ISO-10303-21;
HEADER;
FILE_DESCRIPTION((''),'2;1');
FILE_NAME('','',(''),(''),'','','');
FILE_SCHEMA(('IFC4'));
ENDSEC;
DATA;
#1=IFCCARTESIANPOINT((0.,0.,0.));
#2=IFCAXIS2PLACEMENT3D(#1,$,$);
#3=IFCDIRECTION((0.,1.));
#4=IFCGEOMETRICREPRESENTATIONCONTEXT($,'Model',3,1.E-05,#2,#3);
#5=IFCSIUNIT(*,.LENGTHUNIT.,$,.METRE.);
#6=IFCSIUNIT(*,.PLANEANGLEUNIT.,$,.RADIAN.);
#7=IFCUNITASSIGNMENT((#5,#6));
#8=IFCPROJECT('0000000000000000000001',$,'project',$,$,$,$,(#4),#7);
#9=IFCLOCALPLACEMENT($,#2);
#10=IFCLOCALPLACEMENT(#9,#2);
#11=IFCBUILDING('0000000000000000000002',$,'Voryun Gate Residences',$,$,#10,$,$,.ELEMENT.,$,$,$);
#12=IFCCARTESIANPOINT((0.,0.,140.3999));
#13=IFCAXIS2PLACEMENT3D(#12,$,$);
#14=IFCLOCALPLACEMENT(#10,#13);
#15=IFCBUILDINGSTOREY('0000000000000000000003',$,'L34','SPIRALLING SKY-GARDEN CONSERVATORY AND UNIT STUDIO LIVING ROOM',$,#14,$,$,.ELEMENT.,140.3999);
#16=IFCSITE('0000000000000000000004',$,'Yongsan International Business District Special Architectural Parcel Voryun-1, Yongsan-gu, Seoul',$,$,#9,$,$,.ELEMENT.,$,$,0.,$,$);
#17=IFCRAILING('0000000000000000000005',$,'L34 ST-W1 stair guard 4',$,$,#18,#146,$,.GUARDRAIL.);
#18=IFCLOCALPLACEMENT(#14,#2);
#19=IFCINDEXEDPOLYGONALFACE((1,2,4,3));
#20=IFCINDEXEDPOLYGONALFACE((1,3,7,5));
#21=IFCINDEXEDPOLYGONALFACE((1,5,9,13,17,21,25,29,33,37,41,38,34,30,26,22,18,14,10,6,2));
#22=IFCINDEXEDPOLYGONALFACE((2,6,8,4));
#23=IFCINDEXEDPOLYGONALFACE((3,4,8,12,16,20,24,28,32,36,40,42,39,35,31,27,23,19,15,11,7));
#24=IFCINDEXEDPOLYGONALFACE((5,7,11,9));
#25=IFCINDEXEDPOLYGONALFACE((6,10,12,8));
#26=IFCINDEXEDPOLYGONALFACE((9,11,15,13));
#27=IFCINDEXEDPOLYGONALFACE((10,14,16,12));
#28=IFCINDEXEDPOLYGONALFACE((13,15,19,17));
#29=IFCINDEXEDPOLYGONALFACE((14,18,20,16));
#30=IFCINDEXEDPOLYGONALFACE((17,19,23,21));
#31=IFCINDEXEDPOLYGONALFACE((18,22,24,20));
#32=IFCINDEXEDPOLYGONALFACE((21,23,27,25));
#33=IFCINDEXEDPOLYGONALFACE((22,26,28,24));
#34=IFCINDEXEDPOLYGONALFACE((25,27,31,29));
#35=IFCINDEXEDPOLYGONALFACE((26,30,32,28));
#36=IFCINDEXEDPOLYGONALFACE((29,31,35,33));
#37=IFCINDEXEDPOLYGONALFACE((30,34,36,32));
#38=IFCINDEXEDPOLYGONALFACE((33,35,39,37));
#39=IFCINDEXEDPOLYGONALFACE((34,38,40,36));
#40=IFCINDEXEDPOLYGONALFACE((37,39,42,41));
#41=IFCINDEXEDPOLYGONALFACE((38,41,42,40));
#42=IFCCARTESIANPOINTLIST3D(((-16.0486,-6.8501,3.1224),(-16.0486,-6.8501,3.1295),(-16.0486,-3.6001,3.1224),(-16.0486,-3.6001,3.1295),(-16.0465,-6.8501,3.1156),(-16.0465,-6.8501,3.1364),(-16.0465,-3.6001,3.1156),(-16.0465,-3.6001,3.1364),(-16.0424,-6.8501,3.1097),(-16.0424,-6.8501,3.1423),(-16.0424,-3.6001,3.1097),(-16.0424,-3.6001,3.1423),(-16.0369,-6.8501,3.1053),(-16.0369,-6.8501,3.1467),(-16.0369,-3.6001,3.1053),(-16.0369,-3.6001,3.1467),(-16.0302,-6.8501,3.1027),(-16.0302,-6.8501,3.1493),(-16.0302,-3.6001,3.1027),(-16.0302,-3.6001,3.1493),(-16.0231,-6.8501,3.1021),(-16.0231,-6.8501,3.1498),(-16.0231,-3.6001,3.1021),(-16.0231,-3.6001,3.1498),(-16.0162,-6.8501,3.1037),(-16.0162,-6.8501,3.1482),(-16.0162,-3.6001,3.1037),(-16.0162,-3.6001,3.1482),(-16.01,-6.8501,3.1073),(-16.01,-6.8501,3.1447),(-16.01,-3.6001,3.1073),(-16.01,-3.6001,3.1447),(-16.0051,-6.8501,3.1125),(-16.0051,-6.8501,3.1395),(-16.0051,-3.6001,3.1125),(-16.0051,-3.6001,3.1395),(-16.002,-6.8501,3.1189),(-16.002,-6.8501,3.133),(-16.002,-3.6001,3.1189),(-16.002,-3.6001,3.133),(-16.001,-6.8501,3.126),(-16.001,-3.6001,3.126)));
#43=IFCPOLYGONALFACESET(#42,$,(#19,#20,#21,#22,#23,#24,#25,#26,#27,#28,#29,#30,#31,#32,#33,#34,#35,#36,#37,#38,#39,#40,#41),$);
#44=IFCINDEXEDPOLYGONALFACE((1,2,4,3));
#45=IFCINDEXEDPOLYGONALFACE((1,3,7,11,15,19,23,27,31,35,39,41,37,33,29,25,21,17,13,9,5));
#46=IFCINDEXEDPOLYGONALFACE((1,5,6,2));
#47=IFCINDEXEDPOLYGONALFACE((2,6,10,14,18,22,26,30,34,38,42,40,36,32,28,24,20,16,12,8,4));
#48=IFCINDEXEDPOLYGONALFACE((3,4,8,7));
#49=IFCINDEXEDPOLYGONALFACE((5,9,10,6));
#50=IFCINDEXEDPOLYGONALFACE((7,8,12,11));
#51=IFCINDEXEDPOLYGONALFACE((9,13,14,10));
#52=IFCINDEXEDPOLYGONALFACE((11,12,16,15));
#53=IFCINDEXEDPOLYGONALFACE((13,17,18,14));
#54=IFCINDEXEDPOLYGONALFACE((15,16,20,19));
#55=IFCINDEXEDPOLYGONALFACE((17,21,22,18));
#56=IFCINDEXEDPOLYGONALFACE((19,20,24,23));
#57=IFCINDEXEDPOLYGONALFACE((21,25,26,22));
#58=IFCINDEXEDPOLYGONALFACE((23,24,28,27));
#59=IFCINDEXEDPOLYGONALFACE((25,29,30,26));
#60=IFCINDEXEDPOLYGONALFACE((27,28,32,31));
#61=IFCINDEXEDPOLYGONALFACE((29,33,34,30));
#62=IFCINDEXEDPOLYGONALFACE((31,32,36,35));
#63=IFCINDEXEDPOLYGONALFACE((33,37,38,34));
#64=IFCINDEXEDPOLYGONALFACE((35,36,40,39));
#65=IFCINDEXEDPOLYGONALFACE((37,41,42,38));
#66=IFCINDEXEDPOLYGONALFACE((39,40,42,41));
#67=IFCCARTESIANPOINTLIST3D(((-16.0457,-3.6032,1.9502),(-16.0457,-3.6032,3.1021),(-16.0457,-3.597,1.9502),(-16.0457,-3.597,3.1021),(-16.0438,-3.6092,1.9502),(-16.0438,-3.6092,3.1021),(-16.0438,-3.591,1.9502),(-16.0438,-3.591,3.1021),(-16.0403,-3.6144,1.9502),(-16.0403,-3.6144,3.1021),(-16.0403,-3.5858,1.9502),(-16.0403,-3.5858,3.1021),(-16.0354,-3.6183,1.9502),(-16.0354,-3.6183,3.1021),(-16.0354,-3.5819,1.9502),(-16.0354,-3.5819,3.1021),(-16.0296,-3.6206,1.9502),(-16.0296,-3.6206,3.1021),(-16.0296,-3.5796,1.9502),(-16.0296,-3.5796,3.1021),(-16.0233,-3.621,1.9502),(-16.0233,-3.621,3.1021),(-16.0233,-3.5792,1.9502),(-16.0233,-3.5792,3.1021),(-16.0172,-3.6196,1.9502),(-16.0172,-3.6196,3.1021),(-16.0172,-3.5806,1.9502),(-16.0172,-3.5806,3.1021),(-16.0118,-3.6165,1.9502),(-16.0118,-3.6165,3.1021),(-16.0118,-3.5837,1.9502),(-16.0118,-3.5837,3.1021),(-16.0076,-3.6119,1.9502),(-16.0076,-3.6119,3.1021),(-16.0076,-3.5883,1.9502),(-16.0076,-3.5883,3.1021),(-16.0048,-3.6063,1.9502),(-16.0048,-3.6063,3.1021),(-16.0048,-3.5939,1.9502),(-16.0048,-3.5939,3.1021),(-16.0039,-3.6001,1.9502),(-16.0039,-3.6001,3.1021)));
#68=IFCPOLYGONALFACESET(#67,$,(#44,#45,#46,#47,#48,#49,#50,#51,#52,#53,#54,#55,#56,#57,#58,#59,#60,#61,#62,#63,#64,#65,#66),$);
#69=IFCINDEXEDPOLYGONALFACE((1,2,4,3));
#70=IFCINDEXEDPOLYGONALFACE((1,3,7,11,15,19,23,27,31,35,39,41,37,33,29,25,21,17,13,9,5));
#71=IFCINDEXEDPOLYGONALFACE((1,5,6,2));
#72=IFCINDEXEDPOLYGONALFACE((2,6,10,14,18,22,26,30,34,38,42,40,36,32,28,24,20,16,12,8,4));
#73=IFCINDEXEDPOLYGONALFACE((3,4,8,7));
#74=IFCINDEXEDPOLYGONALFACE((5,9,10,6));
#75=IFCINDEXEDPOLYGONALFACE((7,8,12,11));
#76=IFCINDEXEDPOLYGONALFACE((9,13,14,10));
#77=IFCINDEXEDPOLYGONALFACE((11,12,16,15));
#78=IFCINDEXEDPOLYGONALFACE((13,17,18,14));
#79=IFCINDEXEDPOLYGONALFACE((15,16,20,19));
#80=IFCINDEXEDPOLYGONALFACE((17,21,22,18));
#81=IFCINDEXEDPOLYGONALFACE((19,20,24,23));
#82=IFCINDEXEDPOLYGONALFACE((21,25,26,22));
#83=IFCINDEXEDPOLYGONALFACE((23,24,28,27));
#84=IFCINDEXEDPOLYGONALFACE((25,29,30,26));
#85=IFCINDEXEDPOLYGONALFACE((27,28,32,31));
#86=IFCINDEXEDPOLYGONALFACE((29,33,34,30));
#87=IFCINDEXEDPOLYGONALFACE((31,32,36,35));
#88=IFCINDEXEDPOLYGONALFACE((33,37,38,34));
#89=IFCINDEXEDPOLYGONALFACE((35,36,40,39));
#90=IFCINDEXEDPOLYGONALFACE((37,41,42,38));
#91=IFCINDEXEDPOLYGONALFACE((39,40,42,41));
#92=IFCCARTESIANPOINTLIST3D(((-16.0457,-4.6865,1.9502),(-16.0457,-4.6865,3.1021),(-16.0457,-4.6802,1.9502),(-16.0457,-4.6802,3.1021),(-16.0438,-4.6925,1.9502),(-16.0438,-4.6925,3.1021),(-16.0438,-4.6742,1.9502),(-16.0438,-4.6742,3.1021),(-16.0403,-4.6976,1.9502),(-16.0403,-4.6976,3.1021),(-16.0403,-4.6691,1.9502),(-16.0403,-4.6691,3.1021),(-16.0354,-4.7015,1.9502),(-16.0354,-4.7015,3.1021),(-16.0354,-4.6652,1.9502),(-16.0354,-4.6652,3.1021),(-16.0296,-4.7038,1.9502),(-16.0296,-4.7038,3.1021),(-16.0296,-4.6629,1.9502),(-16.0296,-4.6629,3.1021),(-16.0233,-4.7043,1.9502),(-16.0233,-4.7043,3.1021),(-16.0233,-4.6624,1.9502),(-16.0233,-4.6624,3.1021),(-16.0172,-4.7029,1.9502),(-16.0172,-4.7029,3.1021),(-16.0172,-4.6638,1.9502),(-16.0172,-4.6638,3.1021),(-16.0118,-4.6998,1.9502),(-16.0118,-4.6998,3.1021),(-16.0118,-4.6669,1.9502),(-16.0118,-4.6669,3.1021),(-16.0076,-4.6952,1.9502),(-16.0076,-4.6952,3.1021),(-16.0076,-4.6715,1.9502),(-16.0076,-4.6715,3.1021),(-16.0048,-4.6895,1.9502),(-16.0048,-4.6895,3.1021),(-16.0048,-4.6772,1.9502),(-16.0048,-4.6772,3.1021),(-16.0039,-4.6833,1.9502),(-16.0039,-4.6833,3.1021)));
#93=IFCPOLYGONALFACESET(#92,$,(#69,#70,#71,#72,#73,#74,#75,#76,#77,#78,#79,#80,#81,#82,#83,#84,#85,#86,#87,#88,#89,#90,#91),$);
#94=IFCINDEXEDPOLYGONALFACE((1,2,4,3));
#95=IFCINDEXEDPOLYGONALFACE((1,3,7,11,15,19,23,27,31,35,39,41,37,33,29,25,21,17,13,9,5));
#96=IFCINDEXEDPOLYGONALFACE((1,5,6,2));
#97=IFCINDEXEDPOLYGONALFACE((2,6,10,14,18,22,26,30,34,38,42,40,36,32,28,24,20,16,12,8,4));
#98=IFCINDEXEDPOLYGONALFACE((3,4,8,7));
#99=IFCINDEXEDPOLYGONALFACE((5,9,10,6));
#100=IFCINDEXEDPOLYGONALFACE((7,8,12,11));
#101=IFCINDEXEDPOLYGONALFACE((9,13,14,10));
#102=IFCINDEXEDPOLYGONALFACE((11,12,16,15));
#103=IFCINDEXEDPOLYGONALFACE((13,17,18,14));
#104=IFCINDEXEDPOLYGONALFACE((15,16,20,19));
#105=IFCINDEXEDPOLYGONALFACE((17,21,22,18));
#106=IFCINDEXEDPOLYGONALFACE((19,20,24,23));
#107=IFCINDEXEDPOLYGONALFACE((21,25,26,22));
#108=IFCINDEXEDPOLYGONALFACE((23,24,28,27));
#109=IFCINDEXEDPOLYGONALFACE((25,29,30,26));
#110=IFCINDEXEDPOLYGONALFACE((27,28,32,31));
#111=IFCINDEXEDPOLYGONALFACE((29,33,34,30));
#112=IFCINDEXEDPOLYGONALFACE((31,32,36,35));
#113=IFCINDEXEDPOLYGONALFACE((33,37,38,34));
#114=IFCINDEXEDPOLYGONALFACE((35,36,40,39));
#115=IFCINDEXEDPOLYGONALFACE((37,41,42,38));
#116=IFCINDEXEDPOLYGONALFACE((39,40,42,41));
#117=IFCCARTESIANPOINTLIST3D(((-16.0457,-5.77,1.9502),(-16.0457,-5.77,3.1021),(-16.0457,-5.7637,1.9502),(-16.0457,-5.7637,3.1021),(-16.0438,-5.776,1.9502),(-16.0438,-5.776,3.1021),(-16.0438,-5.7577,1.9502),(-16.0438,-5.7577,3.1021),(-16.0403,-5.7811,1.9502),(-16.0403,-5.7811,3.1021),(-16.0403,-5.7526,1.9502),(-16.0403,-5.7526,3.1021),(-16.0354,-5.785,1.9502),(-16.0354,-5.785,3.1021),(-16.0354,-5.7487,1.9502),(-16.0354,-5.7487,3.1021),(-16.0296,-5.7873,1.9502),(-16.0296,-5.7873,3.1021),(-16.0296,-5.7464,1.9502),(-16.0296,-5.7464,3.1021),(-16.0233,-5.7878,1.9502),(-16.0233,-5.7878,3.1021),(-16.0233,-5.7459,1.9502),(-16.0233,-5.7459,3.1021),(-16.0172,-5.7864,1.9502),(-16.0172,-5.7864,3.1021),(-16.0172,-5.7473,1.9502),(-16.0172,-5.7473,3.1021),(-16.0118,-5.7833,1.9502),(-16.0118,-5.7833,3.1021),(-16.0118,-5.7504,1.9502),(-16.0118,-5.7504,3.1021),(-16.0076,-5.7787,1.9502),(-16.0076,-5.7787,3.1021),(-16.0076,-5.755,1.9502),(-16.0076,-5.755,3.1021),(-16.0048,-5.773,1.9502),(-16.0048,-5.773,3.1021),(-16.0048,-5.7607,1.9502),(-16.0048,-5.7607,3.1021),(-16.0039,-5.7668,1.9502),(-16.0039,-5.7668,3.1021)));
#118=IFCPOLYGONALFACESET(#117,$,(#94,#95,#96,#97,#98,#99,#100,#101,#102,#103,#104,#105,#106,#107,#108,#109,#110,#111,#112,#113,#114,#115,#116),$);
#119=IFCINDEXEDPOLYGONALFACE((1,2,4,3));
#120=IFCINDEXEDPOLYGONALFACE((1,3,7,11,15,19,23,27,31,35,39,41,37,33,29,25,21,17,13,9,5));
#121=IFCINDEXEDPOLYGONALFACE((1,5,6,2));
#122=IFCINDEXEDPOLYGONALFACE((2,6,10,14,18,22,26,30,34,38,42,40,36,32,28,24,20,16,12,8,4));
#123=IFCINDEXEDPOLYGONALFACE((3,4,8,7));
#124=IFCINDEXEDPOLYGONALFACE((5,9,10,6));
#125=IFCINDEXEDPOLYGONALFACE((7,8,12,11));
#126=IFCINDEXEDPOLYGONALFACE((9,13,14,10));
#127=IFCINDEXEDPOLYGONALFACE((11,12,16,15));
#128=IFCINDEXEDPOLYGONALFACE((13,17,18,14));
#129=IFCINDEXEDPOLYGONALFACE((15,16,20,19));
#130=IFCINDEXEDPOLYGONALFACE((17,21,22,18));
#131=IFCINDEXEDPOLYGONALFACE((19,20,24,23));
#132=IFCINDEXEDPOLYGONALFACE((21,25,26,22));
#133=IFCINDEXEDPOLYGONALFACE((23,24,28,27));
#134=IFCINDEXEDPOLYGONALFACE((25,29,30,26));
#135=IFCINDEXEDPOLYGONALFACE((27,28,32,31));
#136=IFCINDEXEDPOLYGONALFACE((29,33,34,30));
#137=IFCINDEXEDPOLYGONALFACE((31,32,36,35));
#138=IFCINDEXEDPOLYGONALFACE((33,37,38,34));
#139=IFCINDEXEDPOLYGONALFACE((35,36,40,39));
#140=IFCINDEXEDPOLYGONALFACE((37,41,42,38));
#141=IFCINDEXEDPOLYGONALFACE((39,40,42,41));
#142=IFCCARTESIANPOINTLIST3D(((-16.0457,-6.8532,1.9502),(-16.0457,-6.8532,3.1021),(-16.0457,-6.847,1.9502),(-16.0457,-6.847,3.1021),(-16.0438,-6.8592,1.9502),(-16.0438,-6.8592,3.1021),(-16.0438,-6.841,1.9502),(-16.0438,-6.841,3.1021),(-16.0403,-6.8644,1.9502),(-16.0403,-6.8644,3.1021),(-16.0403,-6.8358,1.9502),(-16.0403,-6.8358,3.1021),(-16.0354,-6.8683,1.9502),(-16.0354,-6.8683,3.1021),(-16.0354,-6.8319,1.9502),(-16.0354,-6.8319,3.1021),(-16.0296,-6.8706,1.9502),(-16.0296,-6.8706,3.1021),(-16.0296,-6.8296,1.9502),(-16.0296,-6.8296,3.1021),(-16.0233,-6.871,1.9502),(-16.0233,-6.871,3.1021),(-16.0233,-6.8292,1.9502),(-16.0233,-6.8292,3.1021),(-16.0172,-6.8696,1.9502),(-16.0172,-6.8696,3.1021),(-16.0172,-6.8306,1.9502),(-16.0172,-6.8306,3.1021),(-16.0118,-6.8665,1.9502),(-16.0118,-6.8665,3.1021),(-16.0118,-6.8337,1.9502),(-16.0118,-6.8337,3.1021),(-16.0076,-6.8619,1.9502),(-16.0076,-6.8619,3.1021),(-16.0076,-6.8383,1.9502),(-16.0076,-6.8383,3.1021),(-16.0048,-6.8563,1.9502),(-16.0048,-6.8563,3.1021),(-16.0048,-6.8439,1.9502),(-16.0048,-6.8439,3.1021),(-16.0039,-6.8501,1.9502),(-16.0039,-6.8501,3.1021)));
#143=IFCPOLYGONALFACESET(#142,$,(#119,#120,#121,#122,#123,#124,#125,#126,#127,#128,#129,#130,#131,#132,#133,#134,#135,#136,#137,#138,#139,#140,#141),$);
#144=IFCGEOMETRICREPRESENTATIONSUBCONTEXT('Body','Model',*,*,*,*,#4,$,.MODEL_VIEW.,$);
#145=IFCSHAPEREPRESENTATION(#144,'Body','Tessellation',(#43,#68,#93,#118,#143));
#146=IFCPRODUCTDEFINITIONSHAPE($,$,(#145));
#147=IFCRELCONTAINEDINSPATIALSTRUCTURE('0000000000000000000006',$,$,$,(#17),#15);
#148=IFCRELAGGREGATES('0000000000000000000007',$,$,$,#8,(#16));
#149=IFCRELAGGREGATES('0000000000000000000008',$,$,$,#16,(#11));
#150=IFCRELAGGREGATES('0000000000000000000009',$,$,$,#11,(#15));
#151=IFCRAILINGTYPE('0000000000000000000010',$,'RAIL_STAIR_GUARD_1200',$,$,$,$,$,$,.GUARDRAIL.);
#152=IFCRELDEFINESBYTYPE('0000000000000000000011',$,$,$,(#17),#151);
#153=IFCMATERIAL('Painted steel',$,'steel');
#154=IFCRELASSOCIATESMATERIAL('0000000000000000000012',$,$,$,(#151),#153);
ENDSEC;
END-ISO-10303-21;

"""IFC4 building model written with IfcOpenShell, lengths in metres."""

from ifc_helpers import new_model, si_unit, direction, frame, origin, origin_2d, place, context, subcontext, project, spatial, circle, extrude, material, type_object, element, save


model = new_model("IFC4")

# Units and contexts
model_context = context("Model", 3, precision=1e-05, world=origin(), true_north=direction((0.0, 1.0)))
body_context = subcontext(model_context, "Body", "Model", "MODEL_VIEW")
ifc_project = project(units=[si_unit("LENGTHUNIT", "METRE"), si_unit("PLANEANGLEUNIT", "RADIAN")], contexts=[model_context])

# Site, building, storey
site_placement = place(None, origin())
site = spatial("IfcSite", under=ifc_project, at=site_placement, Name="Yongsan International Business District Special Architectural Parcel Voryun-1, Yongsan-gu, Seoul", CompositionType="ELEMENT", RefElevation=0.0)
building_placement = place(site_placement, origin())
building = spatial("IfcBuilding", under=site, at=building_placement, Name="Voryun Gate Residences", CompositionType="ELEMENT")
storey_placement = place(building_placement, frame((0.0, 0.0, 140.3999)))
storey = spatial("IfcBuildingStorey", under=building, at=storey_placement, Name="L34", Description="SPIRALLING SKY-GARDEN CONSERVATORY AND UNIT STUDIO LIVING ROOM", CompositionType="ELEMENT", Elevation=140.3999)

# Railing
ifc_material_1 = material(Name="Painted steel", Category="steel")
railing_type_1 = type_object("IfcRailingType", Name="RAIL_STAIR_GUARD_1200", PredefinedType="GUARDRAIL", material=ifc_material_1)
for number, where, name in (
    (1, (-16.0249, -3.6001, 1.9502), "L34 ST-W1 stair guard 4"),
):
    element("IfcRailing", number, at=place(storey_placement, frame(where)), inside=storey, type_object=railing_type_1, Name=name, PredefinedType="GUARDRAIL", context=body_context, shape_type="SweptSolid", body=[
        extrude(circle(Radius=0.0239, at=origin_2d()), frame((0.0, 0.0, 1.1758), z_axis=(0.0, -1.0, 0.0), x_axis=(1.0, 0.0, 0.0)), (0.0, 0.0, 1.0), 3.25),
        extrude(circle(Radius=0.021, at=origin_2d()), origin(), (0.0, 0.0, 1.0), 1.1519),
        extrude(circle(Radius=0.021, at=origin_2d()), frame((0.0, -1.0833, 0.0)), (0.0, 0.0, 1.0), 1.1519),
        extrude(circle(Radius=0.021, at=origin_2d()), frame((0.0, -2.1667, 0.0)), (0.0, 0.0, 1.0), 1.1519),
        extrude(circle(Radius=0.021, at=origin_2d()), frame((0.0, -3.25, 0.0)), (0.0, 0.0, 1.0), 1.1519),
    ])

save(model, "model.ifc")
